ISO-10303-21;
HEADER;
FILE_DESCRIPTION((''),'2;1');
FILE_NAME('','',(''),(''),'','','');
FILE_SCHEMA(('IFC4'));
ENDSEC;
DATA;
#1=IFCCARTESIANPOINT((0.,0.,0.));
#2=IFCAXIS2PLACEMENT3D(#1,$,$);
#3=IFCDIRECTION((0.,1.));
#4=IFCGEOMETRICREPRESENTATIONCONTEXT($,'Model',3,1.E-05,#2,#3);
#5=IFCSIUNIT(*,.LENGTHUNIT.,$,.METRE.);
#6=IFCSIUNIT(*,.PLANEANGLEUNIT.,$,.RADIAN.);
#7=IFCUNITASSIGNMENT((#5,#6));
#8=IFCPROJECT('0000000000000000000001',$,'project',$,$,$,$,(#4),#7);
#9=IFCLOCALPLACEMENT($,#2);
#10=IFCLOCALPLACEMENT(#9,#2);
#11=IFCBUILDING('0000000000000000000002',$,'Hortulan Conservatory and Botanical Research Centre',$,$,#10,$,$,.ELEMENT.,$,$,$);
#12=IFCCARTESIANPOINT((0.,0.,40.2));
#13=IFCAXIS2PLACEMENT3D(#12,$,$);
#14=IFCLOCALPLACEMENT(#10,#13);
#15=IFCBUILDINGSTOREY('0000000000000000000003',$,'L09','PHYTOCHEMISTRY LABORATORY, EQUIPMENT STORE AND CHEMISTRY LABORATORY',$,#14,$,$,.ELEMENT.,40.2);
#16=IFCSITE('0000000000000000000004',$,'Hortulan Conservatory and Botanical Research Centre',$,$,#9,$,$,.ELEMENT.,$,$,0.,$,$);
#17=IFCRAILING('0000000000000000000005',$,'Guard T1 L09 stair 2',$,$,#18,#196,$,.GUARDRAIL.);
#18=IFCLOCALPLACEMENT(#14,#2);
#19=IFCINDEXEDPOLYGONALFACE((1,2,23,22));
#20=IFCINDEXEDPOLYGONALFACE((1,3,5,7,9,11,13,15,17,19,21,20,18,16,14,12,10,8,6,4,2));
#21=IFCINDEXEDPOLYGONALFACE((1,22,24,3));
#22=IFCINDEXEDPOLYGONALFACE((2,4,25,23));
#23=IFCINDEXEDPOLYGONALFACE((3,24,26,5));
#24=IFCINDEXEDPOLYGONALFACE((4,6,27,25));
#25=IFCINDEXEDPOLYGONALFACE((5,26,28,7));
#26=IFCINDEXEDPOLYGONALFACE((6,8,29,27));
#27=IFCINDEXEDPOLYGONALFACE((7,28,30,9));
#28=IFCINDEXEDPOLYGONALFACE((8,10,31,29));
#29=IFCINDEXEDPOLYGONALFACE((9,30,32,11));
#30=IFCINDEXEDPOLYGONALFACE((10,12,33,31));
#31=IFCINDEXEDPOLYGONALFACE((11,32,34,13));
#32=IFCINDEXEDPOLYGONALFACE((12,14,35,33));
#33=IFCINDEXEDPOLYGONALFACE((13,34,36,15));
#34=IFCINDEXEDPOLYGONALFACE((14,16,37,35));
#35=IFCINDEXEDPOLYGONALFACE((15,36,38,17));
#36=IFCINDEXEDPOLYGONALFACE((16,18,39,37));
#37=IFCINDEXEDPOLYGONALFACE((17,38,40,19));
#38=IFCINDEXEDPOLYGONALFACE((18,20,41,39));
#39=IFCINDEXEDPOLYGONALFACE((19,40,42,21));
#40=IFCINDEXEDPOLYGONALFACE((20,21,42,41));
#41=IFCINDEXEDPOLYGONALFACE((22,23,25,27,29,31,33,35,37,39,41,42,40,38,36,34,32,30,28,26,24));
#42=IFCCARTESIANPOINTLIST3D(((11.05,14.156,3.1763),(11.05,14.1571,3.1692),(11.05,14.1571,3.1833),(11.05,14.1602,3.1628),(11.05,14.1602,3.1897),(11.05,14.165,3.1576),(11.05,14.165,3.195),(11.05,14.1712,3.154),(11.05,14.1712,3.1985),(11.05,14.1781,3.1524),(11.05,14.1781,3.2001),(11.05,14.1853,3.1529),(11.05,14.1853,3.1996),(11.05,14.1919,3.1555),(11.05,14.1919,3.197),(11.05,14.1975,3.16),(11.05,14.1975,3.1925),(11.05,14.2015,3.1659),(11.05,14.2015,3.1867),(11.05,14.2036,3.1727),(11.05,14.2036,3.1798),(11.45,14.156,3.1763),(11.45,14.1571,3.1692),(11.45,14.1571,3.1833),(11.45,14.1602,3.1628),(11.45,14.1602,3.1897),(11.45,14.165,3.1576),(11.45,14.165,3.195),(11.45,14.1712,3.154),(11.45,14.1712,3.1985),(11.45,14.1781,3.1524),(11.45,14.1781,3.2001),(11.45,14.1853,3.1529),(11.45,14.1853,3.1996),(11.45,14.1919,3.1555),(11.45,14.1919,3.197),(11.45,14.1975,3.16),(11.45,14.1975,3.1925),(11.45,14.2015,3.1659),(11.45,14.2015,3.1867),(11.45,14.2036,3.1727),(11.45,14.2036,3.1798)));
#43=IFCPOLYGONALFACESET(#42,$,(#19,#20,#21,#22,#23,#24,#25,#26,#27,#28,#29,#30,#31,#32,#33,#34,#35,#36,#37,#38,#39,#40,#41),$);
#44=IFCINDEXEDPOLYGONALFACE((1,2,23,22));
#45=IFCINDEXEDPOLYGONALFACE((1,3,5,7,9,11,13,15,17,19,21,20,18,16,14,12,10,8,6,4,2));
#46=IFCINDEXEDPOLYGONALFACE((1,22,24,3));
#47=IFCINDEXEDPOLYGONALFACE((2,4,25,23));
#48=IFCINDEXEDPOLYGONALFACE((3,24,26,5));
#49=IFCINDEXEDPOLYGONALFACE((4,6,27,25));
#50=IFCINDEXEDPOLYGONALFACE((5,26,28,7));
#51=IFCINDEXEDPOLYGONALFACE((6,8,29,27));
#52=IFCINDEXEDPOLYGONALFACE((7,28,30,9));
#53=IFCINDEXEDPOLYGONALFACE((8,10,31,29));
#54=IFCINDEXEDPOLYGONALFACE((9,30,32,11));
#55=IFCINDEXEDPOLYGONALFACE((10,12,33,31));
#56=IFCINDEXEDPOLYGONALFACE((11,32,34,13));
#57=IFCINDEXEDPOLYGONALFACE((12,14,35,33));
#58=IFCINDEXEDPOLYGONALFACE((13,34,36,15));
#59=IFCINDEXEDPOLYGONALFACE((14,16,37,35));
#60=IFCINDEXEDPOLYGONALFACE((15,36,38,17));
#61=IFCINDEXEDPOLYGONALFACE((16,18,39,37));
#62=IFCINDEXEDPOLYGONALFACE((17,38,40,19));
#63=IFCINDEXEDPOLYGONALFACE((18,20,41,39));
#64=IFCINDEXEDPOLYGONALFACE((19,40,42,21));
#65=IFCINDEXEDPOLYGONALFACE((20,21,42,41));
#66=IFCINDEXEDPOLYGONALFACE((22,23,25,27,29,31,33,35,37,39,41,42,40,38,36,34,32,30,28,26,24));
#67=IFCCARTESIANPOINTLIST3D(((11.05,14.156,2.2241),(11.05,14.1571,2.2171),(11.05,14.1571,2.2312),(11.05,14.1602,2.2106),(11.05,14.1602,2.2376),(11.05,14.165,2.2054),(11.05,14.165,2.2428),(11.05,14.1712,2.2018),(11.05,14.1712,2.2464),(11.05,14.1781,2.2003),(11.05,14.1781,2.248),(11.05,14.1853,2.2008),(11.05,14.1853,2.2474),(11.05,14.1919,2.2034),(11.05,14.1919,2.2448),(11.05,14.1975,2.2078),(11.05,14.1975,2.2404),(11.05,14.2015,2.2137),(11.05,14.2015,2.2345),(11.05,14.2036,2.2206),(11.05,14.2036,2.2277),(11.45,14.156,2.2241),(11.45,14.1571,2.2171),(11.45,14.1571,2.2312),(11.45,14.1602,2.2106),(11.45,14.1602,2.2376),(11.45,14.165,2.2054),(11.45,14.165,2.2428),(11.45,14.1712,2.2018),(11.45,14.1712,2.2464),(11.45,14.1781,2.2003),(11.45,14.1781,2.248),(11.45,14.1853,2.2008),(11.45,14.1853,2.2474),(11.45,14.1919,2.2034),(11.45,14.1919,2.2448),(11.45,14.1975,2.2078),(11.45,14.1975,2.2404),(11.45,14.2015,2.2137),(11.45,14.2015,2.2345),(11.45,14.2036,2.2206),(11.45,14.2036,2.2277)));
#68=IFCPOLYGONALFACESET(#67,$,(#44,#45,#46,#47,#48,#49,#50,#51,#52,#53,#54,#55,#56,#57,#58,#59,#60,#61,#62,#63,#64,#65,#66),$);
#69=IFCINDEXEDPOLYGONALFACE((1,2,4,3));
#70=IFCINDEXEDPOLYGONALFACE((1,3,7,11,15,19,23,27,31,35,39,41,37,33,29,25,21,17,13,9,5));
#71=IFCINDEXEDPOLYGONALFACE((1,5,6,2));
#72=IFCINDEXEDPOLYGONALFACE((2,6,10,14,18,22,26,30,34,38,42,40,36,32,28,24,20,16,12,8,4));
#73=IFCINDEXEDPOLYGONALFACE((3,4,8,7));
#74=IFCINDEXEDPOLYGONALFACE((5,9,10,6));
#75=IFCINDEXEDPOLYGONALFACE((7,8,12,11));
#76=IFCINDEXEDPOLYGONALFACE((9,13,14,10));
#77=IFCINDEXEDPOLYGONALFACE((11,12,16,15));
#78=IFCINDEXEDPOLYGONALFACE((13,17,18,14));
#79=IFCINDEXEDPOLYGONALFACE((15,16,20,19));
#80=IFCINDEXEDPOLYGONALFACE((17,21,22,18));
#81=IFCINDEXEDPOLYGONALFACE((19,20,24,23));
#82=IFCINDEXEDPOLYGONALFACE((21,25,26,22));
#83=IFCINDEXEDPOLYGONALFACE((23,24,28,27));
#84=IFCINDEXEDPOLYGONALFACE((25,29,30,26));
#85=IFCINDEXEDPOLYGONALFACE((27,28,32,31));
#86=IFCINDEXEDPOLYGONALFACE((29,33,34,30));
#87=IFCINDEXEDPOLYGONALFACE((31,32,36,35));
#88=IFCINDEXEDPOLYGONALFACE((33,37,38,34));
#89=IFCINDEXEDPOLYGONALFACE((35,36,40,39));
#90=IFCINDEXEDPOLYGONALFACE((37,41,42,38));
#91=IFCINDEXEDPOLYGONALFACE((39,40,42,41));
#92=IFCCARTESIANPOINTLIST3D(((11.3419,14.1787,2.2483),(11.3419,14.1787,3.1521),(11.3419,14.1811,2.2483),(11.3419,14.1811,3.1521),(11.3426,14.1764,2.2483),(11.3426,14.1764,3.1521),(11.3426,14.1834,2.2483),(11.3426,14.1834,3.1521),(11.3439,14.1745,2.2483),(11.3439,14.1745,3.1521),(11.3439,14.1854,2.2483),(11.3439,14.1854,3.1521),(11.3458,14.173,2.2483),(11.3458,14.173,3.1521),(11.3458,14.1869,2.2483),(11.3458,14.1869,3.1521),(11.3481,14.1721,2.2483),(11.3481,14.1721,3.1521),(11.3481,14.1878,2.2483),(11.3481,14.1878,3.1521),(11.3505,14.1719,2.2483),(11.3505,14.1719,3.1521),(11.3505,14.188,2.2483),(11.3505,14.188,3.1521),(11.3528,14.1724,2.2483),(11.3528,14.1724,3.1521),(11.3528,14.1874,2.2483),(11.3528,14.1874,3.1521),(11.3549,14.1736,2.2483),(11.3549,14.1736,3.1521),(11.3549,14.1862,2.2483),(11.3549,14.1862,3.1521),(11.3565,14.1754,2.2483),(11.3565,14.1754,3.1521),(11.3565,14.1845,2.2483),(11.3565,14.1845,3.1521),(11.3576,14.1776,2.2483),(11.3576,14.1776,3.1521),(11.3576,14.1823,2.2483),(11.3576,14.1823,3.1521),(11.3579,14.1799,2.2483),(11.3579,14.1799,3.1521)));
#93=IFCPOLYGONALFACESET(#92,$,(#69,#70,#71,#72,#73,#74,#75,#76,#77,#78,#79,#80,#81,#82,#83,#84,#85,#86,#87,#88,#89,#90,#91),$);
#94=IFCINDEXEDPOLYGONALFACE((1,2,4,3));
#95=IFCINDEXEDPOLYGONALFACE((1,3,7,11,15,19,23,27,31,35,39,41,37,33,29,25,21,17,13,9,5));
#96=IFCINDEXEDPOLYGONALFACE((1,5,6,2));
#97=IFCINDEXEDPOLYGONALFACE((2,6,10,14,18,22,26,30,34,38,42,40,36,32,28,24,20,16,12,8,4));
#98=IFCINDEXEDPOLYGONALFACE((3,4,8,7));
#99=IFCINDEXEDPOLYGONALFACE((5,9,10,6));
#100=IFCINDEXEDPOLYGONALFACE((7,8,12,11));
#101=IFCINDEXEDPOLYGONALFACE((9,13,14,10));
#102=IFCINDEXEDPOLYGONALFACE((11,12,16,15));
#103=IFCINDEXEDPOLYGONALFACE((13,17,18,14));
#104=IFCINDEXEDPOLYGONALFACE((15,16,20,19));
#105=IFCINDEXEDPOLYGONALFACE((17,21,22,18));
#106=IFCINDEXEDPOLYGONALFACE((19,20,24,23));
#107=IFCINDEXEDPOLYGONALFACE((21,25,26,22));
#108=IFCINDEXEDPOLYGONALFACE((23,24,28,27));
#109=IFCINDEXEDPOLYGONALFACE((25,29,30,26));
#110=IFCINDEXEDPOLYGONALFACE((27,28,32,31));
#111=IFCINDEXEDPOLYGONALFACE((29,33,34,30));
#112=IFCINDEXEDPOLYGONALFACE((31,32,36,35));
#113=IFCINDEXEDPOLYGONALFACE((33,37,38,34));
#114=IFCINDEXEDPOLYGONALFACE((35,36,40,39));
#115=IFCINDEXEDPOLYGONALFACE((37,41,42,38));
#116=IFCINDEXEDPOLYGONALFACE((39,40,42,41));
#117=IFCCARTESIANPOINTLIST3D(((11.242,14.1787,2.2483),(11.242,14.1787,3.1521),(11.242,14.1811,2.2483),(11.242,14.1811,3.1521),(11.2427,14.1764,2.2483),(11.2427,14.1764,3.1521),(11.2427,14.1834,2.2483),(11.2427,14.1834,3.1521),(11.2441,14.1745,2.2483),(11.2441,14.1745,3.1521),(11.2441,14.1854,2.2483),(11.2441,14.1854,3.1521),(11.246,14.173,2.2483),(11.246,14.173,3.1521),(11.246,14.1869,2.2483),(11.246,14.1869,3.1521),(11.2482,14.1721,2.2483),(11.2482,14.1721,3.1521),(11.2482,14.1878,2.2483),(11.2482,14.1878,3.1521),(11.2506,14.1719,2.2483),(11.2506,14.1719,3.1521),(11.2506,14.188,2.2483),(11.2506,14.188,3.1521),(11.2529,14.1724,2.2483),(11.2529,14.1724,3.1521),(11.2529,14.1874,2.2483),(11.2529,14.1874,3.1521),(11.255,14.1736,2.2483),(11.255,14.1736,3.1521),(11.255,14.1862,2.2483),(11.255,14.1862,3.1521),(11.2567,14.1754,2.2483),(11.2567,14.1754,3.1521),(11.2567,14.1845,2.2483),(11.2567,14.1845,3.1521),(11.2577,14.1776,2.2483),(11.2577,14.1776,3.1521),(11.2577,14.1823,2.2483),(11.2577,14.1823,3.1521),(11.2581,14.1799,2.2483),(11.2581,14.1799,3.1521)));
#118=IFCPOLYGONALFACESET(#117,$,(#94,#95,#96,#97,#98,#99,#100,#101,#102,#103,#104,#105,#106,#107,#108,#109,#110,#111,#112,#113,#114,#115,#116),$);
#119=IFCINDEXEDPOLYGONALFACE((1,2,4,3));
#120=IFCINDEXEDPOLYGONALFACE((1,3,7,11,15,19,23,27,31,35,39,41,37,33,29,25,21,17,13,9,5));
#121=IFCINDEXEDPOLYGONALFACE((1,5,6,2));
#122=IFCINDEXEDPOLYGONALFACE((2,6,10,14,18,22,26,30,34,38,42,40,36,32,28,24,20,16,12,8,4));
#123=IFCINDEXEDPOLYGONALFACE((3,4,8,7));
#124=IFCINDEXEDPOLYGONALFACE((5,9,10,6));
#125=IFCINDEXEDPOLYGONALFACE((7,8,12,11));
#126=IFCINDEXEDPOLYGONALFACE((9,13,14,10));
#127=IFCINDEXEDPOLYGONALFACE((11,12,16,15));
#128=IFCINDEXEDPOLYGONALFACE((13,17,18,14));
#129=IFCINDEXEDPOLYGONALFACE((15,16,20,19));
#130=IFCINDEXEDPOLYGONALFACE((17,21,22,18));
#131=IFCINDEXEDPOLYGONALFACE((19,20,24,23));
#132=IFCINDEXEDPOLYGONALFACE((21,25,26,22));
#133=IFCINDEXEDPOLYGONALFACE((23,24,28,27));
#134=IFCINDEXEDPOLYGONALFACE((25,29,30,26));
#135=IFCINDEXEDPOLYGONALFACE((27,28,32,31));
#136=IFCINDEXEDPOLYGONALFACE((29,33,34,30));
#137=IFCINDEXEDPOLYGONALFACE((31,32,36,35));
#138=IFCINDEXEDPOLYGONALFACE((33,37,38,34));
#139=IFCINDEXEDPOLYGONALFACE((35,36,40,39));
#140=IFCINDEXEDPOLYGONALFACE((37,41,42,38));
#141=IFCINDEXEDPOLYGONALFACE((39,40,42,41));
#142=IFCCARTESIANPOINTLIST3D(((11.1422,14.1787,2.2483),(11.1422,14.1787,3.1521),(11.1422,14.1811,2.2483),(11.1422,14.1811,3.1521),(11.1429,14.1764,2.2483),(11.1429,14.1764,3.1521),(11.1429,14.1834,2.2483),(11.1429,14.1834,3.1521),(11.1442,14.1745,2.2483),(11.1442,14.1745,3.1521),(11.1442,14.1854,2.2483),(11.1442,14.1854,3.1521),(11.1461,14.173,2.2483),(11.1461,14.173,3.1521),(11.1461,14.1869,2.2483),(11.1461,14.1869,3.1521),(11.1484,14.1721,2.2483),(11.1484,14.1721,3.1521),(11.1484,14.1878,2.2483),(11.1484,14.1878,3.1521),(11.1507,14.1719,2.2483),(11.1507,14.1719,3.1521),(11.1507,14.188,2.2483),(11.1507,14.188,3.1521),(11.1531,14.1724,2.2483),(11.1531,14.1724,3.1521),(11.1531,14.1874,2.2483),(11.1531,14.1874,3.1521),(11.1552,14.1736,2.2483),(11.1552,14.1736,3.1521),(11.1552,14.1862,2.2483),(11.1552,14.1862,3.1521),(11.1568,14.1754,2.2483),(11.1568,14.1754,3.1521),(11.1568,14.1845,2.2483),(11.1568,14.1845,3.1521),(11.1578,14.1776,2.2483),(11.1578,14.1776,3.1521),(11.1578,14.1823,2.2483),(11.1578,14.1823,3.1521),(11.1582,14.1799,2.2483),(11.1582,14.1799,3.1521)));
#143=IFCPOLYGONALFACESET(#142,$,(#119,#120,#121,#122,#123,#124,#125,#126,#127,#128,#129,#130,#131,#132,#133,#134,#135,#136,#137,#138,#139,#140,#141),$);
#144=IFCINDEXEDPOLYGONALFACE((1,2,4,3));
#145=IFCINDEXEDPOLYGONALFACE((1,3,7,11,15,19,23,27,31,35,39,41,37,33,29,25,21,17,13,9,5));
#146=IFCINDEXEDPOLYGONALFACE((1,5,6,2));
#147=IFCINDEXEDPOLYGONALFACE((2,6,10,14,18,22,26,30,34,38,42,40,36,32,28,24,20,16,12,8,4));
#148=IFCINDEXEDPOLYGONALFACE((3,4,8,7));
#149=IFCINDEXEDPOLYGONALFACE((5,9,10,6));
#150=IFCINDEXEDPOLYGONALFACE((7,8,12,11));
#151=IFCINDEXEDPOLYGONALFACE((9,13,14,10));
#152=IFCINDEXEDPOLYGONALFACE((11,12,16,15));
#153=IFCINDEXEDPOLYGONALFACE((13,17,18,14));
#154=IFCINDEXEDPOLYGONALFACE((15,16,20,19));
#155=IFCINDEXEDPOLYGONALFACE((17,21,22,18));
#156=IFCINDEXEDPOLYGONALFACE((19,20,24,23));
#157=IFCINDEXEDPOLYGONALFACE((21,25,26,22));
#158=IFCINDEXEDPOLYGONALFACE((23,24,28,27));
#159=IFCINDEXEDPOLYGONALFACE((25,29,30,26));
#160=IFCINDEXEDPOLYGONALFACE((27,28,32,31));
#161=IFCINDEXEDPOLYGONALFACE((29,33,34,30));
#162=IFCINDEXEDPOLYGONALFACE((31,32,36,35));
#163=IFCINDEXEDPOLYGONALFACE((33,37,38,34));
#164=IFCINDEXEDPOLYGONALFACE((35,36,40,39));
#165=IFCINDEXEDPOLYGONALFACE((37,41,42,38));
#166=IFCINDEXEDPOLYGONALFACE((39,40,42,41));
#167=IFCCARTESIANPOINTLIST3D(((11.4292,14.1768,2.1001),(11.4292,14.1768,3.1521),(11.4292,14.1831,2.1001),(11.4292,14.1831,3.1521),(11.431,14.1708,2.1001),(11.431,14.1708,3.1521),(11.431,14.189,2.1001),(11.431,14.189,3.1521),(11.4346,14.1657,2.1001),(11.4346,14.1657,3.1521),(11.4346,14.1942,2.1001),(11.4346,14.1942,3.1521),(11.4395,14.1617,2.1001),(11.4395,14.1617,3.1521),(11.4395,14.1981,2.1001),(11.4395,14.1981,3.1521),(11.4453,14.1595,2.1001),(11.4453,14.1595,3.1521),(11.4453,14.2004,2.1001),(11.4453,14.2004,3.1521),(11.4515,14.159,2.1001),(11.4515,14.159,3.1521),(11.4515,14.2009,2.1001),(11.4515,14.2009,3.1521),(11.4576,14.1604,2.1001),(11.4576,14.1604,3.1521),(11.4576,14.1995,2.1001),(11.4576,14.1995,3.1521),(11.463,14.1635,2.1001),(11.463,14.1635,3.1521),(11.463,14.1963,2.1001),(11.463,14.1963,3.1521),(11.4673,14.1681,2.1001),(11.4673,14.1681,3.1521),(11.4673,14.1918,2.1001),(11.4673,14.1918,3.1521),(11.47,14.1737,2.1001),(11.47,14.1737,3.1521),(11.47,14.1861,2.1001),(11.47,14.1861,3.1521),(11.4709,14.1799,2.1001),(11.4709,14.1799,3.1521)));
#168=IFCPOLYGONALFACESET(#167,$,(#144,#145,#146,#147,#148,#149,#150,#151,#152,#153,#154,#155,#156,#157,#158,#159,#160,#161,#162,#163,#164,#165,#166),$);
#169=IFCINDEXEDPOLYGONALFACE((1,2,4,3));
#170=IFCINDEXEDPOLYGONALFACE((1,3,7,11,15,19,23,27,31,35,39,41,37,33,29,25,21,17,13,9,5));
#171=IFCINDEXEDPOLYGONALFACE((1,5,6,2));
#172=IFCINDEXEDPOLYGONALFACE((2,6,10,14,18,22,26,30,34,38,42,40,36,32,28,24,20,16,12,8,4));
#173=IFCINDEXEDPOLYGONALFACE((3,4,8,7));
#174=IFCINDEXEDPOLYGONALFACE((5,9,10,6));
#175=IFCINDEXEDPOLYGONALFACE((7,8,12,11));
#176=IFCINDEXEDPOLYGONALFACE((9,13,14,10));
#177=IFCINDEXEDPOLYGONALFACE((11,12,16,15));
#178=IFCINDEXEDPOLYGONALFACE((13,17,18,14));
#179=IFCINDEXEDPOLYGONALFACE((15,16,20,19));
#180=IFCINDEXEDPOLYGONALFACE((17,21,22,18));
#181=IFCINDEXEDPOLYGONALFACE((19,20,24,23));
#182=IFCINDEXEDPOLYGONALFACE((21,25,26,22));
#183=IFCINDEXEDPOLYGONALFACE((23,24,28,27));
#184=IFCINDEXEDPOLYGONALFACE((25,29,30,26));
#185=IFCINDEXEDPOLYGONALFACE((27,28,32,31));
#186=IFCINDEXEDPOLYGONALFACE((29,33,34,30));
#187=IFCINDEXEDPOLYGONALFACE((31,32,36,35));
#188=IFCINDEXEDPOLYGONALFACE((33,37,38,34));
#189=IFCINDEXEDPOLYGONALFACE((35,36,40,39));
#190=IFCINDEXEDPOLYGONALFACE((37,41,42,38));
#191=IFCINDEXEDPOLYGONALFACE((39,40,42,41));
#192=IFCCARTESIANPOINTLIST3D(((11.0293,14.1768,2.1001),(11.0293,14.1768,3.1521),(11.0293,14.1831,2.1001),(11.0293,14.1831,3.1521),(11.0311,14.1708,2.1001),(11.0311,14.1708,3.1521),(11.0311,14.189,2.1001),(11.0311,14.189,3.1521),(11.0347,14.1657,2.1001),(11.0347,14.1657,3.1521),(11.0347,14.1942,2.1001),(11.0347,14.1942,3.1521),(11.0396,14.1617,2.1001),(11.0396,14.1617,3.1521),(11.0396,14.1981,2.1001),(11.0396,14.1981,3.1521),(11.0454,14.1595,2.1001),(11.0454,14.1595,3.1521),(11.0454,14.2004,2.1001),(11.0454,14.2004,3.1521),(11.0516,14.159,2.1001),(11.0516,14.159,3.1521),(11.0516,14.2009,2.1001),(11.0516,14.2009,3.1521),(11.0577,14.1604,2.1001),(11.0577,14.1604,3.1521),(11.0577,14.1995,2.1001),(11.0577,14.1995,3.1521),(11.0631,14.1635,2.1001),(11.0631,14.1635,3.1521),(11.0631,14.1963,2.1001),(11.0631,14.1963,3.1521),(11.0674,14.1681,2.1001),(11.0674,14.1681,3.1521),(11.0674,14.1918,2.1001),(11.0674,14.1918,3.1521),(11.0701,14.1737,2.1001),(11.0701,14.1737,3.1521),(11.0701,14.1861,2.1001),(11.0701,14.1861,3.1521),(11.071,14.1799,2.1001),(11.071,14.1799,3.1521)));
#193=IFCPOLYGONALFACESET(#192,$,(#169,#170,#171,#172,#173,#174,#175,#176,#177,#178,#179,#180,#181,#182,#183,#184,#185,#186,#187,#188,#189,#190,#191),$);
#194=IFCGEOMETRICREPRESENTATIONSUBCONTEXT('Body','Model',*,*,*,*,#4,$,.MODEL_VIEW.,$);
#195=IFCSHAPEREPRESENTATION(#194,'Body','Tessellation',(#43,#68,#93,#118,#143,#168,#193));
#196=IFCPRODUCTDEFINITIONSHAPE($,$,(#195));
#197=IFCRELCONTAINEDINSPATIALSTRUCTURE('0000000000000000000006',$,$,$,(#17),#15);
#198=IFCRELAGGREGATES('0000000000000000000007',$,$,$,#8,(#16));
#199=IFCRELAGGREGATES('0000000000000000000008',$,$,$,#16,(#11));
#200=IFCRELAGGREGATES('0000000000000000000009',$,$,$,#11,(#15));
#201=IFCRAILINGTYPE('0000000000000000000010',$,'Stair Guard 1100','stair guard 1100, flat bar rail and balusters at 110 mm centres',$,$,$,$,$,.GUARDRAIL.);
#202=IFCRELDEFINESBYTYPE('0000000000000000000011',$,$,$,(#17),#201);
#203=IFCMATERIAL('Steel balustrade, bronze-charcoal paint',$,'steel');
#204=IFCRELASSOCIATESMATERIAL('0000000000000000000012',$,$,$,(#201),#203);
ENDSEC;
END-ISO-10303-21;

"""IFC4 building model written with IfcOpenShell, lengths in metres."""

from ifc_helpers import new_model, si_unit, direction, frame, origin, origin_2d, place, context, subcontext, project, spatial, circle, extrude, material, type_object, element, save


model = new_model("IFC4")

# Units and contexts
model_context = context("Model", 3, precision=1e-05, world=origin(), true_north=direction((0.0, 1.0)))
body_context = subcontext(model_context, "Body", "Model", "MODEL_VIEW")
ifc_project = project(units=[si_unit("LENGTHUNIT", "METRE"), si_unit("PLANEANGLEUNIT", "RADIAN")], contexts=[model_context])

# Site, building, storey
site_placement = place(None, origin())
site = spatial("IfcSite", under=ifc_project, at=site_placement, Name="Hortulan Conservatory and Botanical Research Centre", CompositionType="ELEMENT", RefElevation=0.0)
building_placement = place(site_placement, origin())
building = spatial("IfcBuilding", under=site, at=building_placement, Name="Hortulan Conservatory and Botanical Research Centre", CompositionType="ELEMENT")
storey_placement = place(building_placement, frame((0.0, 0.0, 40.2)))
storey = spatial("IfcBuildingStorey", under=building, at=storey_placement, Name="L09", Description="PHYTOCHEMISTRY LABORATORY, EQUIPMENT STORE AND CHEMISTRY LABORATORY", CompositionType="ELEMENT", Elevation=40.2)

# Railing
ifc_material_1 = material(Name="Steel balustrade, bronze-charcoal paint", Category="steel")
railing_type_1 = type_object("IfcRailingType", Name="Stair Guard 1100", Description="stair guard 1100, flat bar rail and balusters at 110 mm centres", PredefinedType="GUARDRAIL", material=ifc_material_1)
railing_1_placement = place(storey_placement, frame((11.45, 14.1799, 2.1001)))
element("IfcRailing", 1, at=railing_1_placement, inside=storey, type_object=railing_type_1, Name="Guard T1 L09 stair 2", PredefinedType="GUARDRAIL", context=body_context, shape_type="SweptSolid", body=[
    extrude(circle(Radius=0.0239, at=origin_2d()), frame((0.0, 0.0, 1.0762), z_axis=(-1.0, 0.0, 0.0), x_axis=(0.0, -1.0, 0.0)), (0.0, 0.0, 1.0), 0.3999),
    extrude(circle(Radius=0.0239, at=origin_2d()), frame((0.0, 0.0, 0.124), z_axis=(-1.0, 0.0, 0.0), x_axis=(0.0, -1.0, 0.0)), (0.0, 0.0, 1.0), 0.3999),
    extrude(circle(Radius=0.0081, at=origin_2d()), frame((-0.1001, 0.0, 0.1482)), (0.0, 0.0, 1.0), 0.9038),
    extrude(circle(Radius=0.0081, at=origin_2d()), frame((-0.2, 0.0, 0.1482)), (0.0, 0.0, 1.0), 0.9038),
    extrude(circle(Radius=0.0081, at=origin_2d()), frame((-0.2998, 0.0, 0.1482)), (0.0, 0.0, 1.0), 0.9038),
    extrude(circle(Radius=0.021, at=origin_2d()), origin(), (0.0, 0.0, 1.0), 1.052),
    extrude(circle(Radius=0.021, at=origin_2d()), frame((-0.3999, 0.0, 0.0)), (0.0, 0.0, 1.0), 1.052),
])

save(model, "model.ifc")
